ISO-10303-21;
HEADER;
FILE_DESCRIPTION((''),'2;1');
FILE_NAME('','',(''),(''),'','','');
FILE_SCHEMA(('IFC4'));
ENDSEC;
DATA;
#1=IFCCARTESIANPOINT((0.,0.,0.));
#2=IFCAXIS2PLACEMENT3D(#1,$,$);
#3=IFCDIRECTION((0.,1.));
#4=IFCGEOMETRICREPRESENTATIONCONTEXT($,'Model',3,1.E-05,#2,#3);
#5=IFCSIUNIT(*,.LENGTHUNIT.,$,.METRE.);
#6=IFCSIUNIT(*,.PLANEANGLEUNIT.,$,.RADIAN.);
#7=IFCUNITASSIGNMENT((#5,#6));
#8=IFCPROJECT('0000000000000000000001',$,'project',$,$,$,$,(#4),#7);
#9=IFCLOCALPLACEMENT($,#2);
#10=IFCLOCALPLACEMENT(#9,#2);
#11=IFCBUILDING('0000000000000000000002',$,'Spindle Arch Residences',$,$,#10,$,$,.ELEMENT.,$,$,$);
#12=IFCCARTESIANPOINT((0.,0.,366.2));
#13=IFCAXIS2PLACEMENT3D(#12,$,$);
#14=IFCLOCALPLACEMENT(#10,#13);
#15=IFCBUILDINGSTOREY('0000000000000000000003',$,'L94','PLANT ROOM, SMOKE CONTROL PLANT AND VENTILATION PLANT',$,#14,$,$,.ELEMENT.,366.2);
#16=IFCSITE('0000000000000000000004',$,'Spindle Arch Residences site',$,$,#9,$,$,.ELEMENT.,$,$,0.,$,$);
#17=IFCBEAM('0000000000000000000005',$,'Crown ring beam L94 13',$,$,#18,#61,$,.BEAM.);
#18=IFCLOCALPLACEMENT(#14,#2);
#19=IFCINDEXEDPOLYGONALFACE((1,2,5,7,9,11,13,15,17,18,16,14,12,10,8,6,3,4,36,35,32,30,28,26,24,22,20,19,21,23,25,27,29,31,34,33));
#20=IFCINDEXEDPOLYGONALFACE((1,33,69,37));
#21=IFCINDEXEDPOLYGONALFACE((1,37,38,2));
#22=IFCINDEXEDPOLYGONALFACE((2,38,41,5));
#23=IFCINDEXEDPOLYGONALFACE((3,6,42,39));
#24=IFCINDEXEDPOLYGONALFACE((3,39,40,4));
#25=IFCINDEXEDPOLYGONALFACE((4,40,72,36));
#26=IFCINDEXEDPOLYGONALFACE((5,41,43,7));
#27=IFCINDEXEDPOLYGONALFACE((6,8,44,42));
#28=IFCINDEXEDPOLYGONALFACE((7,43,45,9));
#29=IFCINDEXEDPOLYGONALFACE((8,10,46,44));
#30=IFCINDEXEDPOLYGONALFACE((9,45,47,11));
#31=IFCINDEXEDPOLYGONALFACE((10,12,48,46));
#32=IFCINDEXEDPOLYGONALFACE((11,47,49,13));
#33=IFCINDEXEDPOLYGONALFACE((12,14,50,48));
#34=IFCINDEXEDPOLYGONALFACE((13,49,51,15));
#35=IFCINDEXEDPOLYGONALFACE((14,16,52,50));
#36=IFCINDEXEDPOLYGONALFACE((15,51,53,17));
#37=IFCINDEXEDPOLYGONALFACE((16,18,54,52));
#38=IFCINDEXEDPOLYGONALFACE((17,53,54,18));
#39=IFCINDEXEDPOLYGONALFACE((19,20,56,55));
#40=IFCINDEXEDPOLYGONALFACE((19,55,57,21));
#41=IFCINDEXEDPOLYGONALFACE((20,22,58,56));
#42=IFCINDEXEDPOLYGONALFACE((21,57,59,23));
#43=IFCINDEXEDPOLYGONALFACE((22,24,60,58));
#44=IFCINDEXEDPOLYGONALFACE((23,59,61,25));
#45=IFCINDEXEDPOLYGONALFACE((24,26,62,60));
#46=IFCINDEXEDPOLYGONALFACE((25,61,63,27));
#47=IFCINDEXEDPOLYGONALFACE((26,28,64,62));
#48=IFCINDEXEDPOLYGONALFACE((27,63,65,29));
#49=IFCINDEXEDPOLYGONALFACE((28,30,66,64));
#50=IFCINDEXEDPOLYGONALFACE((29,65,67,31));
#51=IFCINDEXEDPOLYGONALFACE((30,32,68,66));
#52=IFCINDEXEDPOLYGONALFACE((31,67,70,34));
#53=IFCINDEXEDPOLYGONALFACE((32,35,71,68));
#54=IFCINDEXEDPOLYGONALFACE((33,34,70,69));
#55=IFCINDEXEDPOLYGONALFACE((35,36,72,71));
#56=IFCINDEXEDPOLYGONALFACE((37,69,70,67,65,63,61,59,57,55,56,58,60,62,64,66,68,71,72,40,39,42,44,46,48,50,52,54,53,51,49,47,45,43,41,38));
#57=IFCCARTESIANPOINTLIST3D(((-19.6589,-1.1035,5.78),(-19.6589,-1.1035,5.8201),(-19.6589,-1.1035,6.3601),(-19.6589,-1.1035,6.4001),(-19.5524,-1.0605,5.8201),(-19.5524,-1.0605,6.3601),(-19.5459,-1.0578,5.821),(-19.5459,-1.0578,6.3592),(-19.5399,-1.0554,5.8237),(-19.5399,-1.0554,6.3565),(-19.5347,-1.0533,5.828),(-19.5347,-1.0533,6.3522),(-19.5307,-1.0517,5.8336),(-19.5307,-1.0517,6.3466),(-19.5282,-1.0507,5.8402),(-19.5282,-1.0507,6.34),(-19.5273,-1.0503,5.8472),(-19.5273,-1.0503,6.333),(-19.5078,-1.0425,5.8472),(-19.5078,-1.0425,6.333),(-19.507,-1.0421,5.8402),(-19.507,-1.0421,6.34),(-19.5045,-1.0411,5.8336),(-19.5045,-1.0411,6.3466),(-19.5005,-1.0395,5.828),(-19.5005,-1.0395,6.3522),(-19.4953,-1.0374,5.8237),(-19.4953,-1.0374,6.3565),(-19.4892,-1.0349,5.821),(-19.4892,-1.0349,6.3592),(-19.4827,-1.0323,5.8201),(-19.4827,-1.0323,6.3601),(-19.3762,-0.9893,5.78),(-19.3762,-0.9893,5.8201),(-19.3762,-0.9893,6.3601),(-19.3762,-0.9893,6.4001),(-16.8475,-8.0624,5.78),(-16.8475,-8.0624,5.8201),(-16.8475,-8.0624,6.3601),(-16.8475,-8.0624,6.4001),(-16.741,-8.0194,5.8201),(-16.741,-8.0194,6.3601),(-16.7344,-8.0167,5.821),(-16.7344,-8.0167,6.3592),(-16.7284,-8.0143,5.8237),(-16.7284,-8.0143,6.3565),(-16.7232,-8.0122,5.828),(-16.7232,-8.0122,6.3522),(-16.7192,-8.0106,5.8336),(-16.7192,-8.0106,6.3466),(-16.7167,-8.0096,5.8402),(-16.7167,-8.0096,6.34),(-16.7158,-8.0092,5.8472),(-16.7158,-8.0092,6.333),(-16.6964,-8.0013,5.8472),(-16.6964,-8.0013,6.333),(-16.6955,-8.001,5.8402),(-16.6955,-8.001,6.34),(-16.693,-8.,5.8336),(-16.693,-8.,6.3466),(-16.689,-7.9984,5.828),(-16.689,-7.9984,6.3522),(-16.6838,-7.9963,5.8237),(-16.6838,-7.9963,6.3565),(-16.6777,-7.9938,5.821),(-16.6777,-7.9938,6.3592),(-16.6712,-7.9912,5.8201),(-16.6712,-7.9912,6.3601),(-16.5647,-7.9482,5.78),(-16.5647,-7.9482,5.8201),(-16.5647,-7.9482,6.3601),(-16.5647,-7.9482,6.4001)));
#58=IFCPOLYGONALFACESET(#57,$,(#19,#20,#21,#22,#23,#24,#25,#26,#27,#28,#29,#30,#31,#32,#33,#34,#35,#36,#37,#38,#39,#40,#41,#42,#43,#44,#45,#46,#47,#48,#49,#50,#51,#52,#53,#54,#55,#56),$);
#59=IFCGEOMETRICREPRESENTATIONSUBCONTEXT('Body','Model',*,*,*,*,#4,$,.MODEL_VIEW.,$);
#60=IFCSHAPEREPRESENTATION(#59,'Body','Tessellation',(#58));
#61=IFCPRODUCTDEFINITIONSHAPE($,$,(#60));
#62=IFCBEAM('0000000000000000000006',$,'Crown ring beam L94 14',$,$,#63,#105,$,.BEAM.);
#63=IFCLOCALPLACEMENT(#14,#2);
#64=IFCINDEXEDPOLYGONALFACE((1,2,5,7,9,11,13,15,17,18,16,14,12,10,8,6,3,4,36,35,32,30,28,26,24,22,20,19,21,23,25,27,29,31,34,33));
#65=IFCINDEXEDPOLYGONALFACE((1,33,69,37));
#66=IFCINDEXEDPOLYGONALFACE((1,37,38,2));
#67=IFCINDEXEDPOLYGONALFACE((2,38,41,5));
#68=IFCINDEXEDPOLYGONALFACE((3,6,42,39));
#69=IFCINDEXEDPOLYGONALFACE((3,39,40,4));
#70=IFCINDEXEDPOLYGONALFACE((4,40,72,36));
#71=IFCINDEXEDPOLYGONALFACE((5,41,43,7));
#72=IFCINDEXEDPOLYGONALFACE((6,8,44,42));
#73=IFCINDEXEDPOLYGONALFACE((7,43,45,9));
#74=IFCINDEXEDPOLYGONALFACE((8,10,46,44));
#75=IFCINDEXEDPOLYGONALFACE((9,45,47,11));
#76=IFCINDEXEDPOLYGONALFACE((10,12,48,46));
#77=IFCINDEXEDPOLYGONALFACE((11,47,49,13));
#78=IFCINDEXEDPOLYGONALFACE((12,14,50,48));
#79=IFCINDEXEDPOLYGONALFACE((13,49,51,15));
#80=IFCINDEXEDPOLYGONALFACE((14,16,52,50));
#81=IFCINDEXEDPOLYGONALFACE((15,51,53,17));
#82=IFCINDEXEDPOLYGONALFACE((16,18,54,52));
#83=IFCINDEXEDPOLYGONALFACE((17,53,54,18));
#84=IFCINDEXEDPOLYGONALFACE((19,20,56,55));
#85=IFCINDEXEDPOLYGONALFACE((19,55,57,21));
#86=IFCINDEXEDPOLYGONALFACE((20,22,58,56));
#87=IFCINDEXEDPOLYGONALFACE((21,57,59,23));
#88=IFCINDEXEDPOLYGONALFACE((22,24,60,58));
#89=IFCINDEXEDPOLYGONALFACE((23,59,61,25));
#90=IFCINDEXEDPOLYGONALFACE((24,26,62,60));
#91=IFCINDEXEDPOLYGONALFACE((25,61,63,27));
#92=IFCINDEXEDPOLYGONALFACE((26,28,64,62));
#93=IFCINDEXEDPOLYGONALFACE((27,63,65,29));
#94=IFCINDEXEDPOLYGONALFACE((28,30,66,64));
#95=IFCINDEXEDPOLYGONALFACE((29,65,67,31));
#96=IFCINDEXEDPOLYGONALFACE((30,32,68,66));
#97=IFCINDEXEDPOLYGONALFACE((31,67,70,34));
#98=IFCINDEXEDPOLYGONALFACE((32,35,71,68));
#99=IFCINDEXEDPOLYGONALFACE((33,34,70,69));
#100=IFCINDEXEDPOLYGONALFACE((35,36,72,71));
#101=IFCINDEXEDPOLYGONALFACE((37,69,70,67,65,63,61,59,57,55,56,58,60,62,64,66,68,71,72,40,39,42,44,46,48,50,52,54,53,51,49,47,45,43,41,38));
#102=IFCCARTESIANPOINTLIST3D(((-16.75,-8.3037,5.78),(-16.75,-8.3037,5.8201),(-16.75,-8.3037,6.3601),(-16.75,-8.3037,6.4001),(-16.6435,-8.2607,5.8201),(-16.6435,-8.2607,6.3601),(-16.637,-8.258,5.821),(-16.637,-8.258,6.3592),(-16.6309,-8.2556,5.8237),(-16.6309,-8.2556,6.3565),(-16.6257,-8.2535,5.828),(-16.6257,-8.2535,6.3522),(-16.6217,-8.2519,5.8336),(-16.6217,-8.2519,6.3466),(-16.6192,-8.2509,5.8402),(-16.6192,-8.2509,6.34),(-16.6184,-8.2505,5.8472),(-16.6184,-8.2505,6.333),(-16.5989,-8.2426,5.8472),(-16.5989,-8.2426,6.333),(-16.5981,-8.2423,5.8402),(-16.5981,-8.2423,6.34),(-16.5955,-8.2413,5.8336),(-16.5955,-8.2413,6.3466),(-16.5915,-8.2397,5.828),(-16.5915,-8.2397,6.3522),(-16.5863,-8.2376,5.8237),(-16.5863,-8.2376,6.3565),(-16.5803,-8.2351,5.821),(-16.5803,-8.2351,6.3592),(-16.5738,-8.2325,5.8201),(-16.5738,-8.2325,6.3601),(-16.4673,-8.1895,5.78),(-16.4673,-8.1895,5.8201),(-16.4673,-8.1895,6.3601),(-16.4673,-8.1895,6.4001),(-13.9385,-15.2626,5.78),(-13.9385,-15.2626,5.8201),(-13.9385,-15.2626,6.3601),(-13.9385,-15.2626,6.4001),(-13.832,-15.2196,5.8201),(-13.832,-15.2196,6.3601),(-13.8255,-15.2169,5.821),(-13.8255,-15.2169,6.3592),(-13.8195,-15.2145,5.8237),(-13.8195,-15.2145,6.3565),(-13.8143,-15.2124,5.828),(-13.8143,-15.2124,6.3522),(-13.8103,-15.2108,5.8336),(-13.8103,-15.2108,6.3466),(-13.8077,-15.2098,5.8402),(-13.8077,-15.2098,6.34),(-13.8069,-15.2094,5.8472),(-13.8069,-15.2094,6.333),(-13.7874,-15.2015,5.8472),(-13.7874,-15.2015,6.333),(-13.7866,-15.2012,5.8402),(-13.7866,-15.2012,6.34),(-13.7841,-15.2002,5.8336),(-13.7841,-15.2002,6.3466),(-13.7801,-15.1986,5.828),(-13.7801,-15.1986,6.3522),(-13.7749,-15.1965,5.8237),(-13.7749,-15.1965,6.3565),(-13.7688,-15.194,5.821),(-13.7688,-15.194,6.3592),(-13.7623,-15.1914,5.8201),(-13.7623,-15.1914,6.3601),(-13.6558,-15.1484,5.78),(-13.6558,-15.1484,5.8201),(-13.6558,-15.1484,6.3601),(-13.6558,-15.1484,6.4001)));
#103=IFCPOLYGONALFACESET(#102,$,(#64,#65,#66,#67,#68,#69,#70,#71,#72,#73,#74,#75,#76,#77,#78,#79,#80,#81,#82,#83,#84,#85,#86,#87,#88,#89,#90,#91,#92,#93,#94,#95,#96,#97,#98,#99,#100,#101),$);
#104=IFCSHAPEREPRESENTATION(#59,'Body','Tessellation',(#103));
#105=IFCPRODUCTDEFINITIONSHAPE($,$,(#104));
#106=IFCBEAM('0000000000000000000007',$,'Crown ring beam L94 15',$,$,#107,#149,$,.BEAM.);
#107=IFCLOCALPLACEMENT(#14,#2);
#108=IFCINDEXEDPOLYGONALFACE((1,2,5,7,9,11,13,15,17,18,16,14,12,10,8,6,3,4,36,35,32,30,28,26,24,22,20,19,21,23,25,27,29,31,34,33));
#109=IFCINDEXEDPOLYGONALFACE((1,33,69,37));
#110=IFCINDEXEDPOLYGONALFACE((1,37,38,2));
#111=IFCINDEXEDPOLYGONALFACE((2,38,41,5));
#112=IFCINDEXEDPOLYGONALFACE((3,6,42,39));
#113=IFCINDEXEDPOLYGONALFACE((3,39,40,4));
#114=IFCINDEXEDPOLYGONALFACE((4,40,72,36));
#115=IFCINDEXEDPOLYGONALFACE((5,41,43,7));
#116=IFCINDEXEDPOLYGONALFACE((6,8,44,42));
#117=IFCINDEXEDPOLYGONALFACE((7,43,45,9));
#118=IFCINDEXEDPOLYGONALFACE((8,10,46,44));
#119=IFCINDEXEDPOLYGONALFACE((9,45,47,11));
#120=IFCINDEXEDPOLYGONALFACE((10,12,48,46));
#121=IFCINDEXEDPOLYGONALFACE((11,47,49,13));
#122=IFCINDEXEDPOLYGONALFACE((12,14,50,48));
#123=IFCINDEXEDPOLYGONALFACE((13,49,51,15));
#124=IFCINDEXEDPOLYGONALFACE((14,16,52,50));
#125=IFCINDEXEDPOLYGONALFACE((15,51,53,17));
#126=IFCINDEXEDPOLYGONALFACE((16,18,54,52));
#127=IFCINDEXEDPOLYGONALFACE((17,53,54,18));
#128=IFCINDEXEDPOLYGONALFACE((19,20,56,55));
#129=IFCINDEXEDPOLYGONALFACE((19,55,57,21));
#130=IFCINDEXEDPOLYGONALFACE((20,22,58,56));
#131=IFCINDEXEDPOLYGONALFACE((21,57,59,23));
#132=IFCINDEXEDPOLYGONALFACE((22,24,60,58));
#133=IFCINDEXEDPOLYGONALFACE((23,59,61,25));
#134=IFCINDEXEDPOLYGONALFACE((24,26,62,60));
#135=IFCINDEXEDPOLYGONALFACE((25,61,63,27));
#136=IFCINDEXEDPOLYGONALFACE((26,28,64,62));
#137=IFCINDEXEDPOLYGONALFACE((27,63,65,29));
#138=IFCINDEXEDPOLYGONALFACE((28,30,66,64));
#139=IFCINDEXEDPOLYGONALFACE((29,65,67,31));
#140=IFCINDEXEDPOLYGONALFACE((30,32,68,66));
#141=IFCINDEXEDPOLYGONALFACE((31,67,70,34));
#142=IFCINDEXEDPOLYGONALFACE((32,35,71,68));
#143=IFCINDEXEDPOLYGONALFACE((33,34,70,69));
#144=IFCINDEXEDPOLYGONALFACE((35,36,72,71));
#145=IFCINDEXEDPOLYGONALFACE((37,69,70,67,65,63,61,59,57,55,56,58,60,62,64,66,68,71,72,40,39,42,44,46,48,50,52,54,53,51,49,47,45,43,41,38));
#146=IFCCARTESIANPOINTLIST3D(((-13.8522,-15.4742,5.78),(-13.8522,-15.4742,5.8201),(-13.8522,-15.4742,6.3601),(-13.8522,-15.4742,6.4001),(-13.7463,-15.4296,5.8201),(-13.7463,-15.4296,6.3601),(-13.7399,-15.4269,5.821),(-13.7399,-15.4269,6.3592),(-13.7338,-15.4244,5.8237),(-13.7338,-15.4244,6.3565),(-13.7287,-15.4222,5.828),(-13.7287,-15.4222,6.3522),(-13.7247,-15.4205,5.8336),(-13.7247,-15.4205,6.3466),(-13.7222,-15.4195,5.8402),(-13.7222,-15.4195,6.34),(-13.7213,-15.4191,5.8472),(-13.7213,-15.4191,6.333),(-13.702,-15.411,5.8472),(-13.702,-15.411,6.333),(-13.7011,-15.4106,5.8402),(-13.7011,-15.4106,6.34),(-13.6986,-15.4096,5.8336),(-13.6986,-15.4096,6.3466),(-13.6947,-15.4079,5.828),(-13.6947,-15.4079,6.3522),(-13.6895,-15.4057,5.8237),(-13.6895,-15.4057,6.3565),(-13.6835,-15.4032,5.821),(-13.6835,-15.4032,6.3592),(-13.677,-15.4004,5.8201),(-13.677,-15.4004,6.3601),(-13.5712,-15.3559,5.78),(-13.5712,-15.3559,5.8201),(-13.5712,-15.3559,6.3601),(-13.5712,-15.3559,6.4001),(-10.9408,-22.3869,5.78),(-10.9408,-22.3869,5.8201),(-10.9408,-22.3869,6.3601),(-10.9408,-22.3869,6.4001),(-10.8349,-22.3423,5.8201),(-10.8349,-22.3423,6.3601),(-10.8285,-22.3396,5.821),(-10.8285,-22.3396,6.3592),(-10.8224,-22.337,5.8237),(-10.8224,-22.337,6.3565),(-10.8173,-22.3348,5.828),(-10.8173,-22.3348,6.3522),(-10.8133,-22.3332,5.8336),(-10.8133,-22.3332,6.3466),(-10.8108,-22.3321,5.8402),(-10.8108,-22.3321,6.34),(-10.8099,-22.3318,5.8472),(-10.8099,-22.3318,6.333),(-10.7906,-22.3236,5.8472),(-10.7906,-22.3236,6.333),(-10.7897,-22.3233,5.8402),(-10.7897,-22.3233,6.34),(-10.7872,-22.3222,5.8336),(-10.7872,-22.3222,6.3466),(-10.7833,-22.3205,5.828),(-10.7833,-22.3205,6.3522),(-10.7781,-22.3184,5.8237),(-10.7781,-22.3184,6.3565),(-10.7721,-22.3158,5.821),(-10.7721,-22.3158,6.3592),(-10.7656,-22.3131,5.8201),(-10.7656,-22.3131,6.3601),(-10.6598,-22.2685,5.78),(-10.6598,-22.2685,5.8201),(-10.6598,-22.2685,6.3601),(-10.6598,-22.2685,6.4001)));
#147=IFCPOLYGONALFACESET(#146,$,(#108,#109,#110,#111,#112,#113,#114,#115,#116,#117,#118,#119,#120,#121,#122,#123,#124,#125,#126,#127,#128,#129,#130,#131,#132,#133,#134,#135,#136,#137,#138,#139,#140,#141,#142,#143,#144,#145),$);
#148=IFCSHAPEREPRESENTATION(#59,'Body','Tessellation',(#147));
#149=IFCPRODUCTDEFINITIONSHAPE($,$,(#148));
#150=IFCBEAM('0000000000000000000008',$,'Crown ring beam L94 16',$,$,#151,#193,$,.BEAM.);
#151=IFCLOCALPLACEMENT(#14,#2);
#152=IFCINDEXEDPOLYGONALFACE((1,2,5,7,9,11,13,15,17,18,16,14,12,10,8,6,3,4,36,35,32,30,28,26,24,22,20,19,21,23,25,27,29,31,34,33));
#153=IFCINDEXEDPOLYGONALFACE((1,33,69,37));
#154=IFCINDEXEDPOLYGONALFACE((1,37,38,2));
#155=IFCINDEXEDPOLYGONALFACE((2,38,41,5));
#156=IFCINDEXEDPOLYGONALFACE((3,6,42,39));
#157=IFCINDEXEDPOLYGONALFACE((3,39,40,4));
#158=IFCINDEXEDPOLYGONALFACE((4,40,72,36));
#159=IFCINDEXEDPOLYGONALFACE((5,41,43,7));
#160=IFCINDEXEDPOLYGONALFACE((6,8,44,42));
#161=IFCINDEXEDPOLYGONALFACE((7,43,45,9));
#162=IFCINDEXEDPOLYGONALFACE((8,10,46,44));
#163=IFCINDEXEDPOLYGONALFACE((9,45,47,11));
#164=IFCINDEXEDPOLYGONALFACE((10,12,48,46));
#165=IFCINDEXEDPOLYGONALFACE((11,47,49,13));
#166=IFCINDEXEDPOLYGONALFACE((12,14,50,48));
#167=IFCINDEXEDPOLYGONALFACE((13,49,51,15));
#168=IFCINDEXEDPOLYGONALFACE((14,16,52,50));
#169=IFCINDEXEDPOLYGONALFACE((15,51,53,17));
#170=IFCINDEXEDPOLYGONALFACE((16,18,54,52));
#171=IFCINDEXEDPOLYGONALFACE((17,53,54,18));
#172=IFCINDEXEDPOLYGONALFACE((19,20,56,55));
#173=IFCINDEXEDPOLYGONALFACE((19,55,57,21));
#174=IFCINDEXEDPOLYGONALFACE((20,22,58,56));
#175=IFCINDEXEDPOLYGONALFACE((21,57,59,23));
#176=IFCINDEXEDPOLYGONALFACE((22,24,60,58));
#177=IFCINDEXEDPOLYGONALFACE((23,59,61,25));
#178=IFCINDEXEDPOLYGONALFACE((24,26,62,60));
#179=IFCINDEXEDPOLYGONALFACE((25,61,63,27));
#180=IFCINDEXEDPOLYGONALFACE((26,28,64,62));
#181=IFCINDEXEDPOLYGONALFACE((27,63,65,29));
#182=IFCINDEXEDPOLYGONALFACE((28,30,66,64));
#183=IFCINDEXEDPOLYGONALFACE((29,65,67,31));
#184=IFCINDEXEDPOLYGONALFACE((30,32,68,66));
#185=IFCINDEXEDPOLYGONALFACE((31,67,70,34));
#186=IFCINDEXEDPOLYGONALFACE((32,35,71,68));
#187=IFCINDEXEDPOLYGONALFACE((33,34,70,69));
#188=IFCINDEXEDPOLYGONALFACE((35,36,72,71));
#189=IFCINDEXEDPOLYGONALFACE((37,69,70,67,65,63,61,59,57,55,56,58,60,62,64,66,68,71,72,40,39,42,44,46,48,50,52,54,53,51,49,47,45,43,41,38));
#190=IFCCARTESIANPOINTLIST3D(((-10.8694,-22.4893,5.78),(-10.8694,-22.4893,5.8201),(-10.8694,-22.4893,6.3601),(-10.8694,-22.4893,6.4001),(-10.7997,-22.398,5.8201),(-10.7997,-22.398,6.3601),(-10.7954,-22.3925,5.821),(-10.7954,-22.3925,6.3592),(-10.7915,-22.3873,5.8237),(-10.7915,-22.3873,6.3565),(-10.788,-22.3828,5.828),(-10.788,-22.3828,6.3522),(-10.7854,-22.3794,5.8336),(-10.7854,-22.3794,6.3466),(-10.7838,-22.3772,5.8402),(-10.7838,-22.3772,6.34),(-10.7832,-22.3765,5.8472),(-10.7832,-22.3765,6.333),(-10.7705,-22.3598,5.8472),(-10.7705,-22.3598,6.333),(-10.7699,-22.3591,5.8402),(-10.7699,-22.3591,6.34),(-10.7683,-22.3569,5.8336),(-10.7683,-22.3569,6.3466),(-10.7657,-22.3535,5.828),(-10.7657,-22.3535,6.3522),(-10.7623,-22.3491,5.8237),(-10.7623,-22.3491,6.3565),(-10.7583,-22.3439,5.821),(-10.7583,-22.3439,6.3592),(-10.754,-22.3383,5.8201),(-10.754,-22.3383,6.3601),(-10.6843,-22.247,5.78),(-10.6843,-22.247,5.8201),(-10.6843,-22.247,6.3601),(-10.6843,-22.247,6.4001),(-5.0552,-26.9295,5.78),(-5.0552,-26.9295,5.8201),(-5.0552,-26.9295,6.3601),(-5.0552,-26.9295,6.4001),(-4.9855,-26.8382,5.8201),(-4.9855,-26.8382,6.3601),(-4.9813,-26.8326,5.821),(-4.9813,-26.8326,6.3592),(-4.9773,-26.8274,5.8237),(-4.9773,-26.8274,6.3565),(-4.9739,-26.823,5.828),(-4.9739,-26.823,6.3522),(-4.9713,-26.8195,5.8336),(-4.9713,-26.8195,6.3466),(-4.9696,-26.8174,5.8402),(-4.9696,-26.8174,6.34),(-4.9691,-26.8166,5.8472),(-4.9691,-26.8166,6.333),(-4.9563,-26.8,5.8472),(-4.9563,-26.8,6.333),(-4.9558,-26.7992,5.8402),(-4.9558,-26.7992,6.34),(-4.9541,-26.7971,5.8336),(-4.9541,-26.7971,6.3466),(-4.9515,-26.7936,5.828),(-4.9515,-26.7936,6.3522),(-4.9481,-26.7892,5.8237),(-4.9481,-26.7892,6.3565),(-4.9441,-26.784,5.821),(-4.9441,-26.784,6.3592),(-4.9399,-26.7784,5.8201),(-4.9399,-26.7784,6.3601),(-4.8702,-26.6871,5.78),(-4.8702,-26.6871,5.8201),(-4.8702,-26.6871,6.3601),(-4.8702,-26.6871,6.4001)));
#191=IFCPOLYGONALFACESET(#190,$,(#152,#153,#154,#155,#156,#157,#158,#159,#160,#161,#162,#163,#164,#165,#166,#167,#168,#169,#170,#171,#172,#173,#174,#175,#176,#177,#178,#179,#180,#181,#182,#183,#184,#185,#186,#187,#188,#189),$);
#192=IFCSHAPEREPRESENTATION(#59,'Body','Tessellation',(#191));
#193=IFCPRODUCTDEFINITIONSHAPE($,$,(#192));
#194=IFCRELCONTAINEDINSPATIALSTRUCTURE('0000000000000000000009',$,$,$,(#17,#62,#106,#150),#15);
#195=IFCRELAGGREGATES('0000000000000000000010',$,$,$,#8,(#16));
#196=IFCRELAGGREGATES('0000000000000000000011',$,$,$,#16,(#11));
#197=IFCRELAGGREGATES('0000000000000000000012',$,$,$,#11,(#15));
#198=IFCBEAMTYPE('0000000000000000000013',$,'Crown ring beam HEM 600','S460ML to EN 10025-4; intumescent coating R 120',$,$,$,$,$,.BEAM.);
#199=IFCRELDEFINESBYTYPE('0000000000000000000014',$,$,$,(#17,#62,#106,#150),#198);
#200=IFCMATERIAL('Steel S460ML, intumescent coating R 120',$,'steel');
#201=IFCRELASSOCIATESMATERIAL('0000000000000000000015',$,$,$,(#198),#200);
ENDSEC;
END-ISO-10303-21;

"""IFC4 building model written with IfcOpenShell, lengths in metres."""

from ifc_helpers import new_model, si_unit, direction, frame, origin, origin_2d, place, context, subcontext, project, spatial, i_section, extrude, material, material_profile, profile_set, type_object, element, save


model = new_model("IFC4")

# Units and contexts
model_context = context("Model", 3, precision=1e-05, world=origin(), true_north=direction((0.0, 1.0)))
body_context = subcontext(model_context, "Body", "Model", "MODEL_VIEW")
ifc_project = project(units=[si_unit("LENGTHUNIT", "METRE"), si_unit("PLANEANGLEUNIT", "RADIAN")], contexts=[model_context])

# Site, building, storey
site_placement = place(None, origin())
site = spatial("IfcSite", under=ifc_project, at=site_placement, Name="Spindle Arch Residences site", CompositionType="ELEMENT", RefElevation=0.0)
building_placement = place(site_placement, origin())
building = spatial("IfcBuilding", under=site, at=building_placement, Name="Spindle Arch Residences", CompositionType="ELEMENT")
storey_placement = place(building_placement, frame((0.0, 0.0, 366.2)))
storey = spatial("IfcBuildingStorey", under=building, at=storey_placement, Name="L94", Description="PLANT ROOM, SMOKE CONTROL PLANT AND VENTILATION PLANT", CompositionType="ELEMENT", Elevation=366.2)

# Beams
ifc_material_1 = material(Name="Steel S460ML, intumescent coating R 120", Category="steel")
ifc_material_profile_1 = material_profile(ifc_material_1, i_section(OverallWidth=0.3049, OverallDepth=0.6201, WebThickness=0.021, FlangeThickness=0.04, FilletRadius=0.0271, at=origin_2d()), Name="HEM 600")
ifc_profile_set_1 = profile_set([ifc_material_profile_1], Name="Steel S460ML, intumescent coating R 120")
beam_type = type_object("IfcBeamType", Name="Crown ring beam HEM 600", Description="S460ML to EN 10025-4; intumescent coating R 120", PredefinedType="BEAM", material=ifc_profile_set_1)
for number, where, z_axis, x_axis, name in (
    (1, (-19.5176, -1.0464, 6.0901), (0.374596, -0.927188, 0.0), (0.927188, 0.374596, 0.0), "Crown ring beam L94 13"),
    (2, (-16.6086, -8.2466, 6.0901), (0.374596, -0.927188, 0.0), (0.927188, 0.374596, 0.0), "Crown ring beam L94 14"),
):
    element("IfcBeam", number, at=place(storey_placement, frame(where, z_axis=z_axis, x_axis=x_axis)), inside=storey, type_object=beam_type, Name=name, PredefinedType="BEAM", context=body_context, shape_type="SweptSolid", body=[
        extrude(i_section(OverallWidth=0.3049, OverallDepth=0.6201, WebThickness=0.021, FlangeThickness=0.04, FilletRadius=0.0271, at=origin_2d()), origin(), (0.0, 0.0, 1.0), 7.5054),
    ])
beam_placement = place(storey_placement, frame((-13.7117, -15.415, 6.0901), z_axis=(0.388149, -0.921597, 0.0), x_axis=(0.921597, 0.388149, 0.0)))
element("IfcBeam", 3, at=beam_placement, inside=storey, type_object=beam_type, Name="Crown ring beam L94 15", PredefinedType="BEAM", context=body_context, shape_type="SweptSolid", body=[
    extrude(i_section(OverallWidth=0.3049, OverallDepth=0.6201, WebThickness=0.021, FlangeThickness=0.04, FilletRadius=0.0271, at=origin_2d()), origin(), (0.0, 0.0, 1.0), 7.5007),
])
for number, where, z_axis, x_axis, name in (
    (4, (-10.7769, -22.3682, 6.0901), (0.794752, -0.606935, 0.0), (0.606935, 0.794752, 0.0), "Crown ring beam L94 16"),
):
    element("IfcBeam", number, at=place(storey_placement, frame(where, z_axis=z_axis, x_axis=x_axis)), inside=storey, type_object=beam_type, Name=name, PredefinedType="BEAM", context=body_context, shape_type="SweptSolid", body=[
        extrude(i_section(OverallWidth=0.3049, OverallDepth=0.6201, WebThickness=0.021, FlangeThickness=0.04, FilletRadius=0.0271, at=origin_2d()), origin(), (0.0, 0.0, 1.0), 7.3157),
    ])

save(model, "model.ifc")
